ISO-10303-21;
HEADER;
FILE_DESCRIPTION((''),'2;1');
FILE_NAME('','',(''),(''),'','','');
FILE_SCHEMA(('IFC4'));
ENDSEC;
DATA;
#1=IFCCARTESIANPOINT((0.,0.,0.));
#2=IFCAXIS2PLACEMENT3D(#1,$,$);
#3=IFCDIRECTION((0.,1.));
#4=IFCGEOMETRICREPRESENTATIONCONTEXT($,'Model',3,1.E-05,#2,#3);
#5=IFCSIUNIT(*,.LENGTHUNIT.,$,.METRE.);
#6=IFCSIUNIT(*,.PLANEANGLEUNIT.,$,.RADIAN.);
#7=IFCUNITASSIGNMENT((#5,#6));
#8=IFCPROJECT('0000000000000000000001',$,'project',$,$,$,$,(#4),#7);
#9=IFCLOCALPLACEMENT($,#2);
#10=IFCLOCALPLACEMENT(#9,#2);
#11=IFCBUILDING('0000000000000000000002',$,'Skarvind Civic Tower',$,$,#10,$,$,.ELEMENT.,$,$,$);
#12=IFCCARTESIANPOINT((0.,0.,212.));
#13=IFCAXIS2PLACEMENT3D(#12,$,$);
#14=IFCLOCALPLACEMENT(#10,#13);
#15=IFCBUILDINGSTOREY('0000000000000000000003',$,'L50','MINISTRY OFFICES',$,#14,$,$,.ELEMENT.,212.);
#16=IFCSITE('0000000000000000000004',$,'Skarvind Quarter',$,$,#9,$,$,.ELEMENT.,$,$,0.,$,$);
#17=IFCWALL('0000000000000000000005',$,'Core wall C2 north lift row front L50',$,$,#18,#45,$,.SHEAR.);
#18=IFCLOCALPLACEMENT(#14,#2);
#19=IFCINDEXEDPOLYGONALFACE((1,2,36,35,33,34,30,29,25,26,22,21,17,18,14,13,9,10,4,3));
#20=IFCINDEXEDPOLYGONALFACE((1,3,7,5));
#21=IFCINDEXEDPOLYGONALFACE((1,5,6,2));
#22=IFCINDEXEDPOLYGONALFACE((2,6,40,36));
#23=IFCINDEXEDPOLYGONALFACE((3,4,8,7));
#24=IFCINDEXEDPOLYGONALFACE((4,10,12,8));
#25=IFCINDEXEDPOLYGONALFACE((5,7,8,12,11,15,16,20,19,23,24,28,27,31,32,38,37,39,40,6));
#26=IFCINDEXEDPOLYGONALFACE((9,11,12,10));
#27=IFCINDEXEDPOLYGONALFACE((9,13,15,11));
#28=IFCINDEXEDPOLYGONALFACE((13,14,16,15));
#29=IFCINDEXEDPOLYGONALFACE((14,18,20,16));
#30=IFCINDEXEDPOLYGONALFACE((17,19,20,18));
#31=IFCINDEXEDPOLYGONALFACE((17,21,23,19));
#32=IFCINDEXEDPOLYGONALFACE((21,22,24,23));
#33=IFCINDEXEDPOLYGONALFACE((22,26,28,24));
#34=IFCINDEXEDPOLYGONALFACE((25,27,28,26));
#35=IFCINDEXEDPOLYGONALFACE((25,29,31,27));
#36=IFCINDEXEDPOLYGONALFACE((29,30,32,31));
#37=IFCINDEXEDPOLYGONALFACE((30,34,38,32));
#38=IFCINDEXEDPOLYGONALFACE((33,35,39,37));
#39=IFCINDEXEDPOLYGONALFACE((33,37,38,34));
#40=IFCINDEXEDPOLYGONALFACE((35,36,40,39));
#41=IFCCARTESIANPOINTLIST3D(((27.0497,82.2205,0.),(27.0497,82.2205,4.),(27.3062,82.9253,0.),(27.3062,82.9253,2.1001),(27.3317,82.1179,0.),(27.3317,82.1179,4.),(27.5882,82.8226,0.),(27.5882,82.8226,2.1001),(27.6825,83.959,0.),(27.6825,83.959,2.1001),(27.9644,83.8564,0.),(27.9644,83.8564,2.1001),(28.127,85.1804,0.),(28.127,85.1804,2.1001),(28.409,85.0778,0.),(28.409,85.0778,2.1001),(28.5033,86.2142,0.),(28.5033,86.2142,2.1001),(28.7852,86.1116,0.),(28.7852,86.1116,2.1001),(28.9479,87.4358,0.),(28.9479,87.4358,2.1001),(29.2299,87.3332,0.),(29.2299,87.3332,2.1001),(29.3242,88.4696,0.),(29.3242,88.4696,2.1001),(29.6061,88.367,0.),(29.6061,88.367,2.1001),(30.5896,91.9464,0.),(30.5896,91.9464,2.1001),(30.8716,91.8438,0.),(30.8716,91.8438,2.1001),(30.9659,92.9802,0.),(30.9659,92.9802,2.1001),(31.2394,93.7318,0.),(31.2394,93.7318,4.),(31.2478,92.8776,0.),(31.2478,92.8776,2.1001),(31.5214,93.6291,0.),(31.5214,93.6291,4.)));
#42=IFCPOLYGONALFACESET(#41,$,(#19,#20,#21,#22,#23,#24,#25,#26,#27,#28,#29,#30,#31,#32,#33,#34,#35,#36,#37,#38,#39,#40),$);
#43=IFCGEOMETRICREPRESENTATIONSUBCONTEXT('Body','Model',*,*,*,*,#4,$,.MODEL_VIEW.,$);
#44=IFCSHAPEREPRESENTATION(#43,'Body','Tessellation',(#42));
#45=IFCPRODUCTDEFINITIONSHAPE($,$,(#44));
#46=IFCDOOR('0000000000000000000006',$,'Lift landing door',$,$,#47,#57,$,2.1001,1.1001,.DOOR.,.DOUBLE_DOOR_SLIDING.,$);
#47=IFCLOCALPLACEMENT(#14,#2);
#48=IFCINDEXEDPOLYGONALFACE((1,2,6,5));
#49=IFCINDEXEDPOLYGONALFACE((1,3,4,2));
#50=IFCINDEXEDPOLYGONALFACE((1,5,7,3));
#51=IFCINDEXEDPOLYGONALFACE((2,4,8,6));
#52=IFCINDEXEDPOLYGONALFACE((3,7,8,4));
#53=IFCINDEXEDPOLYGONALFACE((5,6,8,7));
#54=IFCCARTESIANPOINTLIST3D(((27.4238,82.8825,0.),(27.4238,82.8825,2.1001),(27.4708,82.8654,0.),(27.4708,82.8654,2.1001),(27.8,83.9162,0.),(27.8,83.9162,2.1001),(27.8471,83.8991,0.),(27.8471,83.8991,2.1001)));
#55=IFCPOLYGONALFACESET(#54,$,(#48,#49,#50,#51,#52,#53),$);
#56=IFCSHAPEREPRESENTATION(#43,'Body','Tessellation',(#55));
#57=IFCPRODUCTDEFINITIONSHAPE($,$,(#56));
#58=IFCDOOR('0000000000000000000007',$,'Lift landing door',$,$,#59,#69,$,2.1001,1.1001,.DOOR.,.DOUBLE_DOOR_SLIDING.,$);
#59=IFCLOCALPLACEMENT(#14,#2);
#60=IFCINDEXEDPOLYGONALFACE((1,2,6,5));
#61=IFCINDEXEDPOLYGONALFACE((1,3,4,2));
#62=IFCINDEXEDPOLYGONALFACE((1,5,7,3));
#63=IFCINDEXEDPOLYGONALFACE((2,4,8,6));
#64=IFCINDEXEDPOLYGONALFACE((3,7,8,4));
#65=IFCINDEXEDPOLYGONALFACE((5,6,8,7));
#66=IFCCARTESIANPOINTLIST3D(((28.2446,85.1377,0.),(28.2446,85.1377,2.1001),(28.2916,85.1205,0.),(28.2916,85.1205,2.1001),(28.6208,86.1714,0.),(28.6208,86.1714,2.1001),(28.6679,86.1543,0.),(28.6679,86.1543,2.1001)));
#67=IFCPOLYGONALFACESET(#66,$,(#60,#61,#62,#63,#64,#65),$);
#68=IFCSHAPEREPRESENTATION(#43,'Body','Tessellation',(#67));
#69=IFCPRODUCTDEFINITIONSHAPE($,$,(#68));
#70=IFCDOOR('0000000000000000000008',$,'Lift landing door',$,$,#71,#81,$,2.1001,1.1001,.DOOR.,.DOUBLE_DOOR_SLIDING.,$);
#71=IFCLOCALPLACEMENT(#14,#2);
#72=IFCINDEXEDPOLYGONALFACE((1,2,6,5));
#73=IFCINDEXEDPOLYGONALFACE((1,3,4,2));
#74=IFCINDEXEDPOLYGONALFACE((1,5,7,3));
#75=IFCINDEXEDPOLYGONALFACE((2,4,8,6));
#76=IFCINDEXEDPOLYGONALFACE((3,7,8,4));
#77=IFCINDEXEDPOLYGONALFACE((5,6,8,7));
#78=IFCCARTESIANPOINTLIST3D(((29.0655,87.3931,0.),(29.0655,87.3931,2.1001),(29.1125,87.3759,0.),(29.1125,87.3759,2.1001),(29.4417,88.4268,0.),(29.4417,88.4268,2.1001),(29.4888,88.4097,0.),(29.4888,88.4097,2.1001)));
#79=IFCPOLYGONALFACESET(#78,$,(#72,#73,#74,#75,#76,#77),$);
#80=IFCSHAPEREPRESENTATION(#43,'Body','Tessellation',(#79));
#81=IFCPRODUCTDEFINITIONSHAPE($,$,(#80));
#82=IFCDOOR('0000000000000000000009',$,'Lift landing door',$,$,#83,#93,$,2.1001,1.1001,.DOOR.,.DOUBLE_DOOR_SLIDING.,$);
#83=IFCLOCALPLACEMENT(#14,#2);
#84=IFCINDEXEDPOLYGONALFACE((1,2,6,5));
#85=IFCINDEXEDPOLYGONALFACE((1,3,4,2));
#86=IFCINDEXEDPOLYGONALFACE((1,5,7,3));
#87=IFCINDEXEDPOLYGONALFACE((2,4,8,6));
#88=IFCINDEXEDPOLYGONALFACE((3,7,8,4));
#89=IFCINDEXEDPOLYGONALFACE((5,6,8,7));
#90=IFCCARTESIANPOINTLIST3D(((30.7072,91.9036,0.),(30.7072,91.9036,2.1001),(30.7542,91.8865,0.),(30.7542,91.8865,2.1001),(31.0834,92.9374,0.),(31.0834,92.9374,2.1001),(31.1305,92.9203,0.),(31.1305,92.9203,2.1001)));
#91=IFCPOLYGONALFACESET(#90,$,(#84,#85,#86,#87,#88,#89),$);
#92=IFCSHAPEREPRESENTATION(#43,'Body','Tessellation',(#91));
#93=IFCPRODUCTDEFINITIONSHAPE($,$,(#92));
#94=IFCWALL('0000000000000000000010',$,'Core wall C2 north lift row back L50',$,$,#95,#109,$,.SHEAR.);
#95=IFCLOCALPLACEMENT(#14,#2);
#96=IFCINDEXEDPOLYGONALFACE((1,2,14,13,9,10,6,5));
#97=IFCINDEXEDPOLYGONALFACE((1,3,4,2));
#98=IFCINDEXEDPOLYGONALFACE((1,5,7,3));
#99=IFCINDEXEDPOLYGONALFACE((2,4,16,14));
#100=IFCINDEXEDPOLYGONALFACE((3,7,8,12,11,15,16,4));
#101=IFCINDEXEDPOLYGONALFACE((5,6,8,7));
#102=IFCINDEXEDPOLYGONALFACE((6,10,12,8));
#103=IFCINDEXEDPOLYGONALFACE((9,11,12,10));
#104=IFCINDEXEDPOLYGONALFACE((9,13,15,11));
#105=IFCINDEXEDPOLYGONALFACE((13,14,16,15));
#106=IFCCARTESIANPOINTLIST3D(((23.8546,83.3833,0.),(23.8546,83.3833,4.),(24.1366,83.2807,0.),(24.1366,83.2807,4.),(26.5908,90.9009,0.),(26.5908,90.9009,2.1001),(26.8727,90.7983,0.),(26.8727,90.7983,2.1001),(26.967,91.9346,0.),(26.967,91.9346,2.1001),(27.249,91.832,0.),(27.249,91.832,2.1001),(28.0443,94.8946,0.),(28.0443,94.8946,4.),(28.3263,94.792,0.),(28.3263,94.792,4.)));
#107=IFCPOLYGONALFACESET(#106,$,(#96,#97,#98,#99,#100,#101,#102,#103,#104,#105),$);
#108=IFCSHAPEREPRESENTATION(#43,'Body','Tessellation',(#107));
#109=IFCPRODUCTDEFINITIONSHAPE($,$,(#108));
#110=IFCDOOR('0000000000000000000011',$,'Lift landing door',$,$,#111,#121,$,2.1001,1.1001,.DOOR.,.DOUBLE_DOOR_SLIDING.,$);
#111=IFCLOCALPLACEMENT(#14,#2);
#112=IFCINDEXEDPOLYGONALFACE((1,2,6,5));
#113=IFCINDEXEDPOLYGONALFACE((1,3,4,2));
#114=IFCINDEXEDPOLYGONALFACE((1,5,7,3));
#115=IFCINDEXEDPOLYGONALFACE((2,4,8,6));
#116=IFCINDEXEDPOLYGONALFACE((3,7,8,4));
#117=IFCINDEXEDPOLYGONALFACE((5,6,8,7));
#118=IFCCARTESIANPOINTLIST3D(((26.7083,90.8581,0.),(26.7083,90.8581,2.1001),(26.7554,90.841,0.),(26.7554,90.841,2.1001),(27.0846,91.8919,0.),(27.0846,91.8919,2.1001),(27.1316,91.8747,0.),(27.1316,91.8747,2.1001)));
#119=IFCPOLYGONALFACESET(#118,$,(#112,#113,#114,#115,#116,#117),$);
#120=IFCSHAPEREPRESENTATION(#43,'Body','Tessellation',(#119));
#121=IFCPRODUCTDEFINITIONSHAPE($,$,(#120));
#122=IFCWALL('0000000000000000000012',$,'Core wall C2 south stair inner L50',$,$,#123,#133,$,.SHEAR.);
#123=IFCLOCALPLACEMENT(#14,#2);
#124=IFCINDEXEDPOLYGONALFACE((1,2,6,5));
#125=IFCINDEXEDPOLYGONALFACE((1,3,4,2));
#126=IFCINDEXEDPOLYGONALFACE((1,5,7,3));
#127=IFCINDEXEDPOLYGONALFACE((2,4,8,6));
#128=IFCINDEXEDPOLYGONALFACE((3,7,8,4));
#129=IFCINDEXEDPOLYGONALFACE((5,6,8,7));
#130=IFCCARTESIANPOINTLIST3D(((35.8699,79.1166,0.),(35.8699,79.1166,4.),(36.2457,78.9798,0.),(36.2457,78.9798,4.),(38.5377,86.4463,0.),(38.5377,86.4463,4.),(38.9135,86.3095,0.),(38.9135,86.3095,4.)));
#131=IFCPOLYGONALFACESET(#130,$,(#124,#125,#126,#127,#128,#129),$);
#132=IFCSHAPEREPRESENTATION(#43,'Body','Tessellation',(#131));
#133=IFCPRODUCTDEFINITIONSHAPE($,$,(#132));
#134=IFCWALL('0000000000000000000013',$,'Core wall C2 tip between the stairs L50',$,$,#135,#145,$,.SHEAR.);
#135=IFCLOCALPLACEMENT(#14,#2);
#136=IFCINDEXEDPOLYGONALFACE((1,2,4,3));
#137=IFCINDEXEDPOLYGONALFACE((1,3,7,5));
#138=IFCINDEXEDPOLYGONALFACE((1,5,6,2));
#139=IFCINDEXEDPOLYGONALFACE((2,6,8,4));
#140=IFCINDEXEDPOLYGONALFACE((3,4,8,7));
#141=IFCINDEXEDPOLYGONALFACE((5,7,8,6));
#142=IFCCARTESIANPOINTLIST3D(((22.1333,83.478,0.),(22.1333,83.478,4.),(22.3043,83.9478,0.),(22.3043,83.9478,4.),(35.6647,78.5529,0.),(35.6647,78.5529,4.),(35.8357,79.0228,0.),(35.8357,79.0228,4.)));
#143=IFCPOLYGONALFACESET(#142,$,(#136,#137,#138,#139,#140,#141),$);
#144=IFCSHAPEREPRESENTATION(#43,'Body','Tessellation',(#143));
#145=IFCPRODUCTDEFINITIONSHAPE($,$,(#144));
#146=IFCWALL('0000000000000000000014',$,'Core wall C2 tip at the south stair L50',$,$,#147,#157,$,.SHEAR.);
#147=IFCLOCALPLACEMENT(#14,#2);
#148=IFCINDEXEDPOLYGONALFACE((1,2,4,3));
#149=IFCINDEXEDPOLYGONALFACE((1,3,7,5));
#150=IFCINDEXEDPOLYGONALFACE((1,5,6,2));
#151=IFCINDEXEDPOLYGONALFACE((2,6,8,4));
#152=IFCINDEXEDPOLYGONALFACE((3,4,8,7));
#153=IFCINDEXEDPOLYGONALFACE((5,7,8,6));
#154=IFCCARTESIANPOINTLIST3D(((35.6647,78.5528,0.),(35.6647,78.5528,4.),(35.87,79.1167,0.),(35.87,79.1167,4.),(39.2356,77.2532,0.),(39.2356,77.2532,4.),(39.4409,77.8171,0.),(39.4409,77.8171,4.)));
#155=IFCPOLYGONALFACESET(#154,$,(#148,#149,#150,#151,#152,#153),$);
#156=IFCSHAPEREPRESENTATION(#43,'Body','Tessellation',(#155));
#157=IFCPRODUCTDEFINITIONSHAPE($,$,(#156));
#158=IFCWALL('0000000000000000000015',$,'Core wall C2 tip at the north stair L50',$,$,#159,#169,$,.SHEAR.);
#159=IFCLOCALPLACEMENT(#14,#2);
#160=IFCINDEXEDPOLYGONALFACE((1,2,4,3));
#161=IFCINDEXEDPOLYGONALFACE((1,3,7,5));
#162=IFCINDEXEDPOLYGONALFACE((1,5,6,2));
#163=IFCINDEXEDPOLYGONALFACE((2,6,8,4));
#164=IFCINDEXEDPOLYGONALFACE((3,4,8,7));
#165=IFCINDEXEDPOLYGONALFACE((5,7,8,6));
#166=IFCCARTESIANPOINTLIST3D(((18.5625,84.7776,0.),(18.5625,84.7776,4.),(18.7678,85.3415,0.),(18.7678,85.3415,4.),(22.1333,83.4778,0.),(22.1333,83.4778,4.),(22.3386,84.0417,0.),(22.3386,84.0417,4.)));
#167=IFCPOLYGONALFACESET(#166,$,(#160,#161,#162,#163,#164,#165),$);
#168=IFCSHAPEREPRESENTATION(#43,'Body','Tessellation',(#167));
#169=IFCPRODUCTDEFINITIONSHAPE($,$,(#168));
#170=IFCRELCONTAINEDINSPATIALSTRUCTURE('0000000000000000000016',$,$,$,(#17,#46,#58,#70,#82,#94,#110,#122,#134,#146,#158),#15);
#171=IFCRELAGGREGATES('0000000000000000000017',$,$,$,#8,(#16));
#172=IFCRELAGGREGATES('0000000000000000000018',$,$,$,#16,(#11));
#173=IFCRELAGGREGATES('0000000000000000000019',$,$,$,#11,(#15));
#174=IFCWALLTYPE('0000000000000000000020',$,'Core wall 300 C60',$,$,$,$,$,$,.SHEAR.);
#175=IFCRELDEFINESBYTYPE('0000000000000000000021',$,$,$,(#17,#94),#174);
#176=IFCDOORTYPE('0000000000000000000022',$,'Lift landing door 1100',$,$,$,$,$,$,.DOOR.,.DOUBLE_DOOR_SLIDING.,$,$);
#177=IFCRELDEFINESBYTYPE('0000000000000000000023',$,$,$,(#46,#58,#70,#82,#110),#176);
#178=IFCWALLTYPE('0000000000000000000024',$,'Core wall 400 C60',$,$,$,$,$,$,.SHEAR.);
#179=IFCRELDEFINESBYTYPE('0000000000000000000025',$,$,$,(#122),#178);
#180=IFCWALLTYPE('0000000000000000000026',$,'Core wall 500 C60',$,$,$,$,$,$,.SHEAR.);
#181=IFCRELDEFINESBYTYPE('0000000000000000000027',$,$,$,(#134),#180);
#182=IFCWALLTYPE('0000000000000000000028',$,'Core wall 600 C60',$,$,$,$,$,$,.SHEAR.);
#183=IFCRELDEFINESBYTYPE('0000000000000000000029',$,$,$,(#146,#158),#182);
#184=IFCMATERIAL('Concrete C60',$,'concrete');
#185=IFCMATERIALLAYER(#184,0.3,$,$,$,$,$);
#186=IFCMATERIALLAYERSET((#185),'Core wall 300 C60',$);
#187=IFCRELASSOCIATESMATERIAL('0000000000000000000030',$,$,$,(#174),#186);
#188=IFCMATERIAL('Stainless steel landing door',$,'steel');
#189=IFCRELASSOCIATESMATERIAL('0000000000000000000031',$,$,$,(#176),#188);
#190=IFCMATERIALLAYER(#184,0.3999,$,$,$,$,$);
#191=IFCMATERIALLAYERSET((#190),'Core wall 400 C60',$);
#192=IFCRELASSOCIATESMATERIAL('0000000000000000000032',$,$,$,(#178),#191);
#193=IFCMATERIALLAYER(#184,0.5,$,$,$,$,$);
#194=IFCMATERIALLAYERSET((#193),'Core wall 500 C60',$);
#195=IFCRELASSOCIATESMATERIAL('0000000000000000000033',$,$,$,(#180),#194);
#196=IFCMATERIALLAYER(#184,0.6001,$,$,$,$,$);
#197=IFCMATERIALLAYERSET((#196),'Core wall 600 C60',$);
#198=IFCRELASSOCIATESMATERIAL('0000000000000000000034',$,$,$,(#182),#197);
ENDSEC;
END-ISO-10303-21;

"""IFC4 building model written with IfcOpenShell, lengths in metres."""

from ifc_helpers import new_model, si_unit, direction, frame, frame_2d, origin, place, context, subcontext, project, spatial, rectangle, extrude, material, layer, layer_set, type_object, element, fill, save


model = new_model("IFC4")

# Units and contexts
model_context = context("Model", 3, precision=1e-05, world=origin(), true_north=direction((0.0, 1.0)))
body_context = subcontext(model_context, "Body", "Model", "MODEL_VIEW")
ifc_project = project(units=[si_unit("LENGTHUNIT", "METRE"), si_unit("PLANEANGLEUNIT", "RADIAN")], contexts=[model_context])

# Site, building, storey
site_placement = place(None, origin())
site = spatial("IfcSite", under=ifc_project, at=site_placement, Name="Skarvind Quarter", CompositionType="ELEMENT", RefElevation=0.0)
building_placement = place(site_placement, origin())
building = spatial("IfcBuilding", under=site, at=building_placement, Name="Skarvind Civic Tower", CompositionType="ELEMENT")
storey_placement = place(building_placement, frame((0.0, 0.0, 212.0)))
storey = spatial("IfcBuildingStorey", under=building, at=storey_placement, Name="L50", Description="MINISTRY OFFICES", CompositionType="ELEMENT", Elevation=212.0)

# Shared definitions
ifc_material_1 = material(Name="Concrete C60", Category="concrete")
ifc_layer_1 = layer(ifc_material_1, 0.3)
ifc_layer_set_1 = layer_set([ifc_layer_1], Name="Core wall 300 C60")
wall_type_1 = type_object("IfcWallType", Name="Core wall 300 C60", PredefinedType="SHEAR", material=ifc_layer_set_1)

# Wall, openings, doors
wall_1_placement = place(storey_placement, frame((27.1907, 82.1692, 0.0), z_axis=(0.0, 0.0, 1.0), x_axis=(0.342017, 0.939694, 0.0)))
wall_1 = element("IfcWall", 1, at=wall_1_placement, inside=storey, type_object=wall_type_1, Name="Core wall C2 north lift row front L50", PredefinedType="SHEAR", context=body_context, shape_type="SweptSolid", body=[
    extrude(rectangle(XDim=12.25, YDim=0.3, at=frame_2d((6.125, 0.0))), origin(), (0.0, 0.0, 1.0), 4.0),
])
opening_1_placement = place(wall_1_placement, frame((0.75, 0.0, 0.0)))
opening_1 = element("IfcOpeningElement", 2, at=opening_1_placement, cuts=wall_1, PredefinedType="OPENING", context=body_context, shape_type="SweptSolid", body=[
    extrude(rectangle(XDim=1.1001, YDim=2.1001, at=frame_2d((0.55, 1.05))), frame((0.0, 0.1599, 0.0), z_axis=(0.0, -1.0, 0.0), x_axis=(1.0, 0.0, 0.0)), (0.0, 0.0, 1.0), 0.3201),
])
opening_2_placement = place(wall_1_placement, frame((3.1499, 0.0, 0.0)))
opening_2 = element("IfcOpeningElement", 3, at=opening_2_placement, cuts=wall_1, PredefinedType="OPENING", context=body_context, shape_type="SweptSolid", body=[
    extrude(rectangle(XDim=1.1001, YDim=2.1001, at=frame_2d((0.55, 1.05))), frame((0.0, 0.1599, 0.0), z_axis=(0.0, -1.0, 0.0), x_axis=(1.0, 0.0, 0.0)), (0.0, 0.0, 1.0), 0.3201),
])
opening_3_placement = place(wall_1_placement, frame((5.55, 0.0, 0.0)))
opening_3 = element("IfcOpeningElement", 4, at=opening_3_placement, cuts=wall_1, PredefinedType="OPENING", context=body_context, shape_type="SweptSolid", body=[
    extrude(rectangle(XDim=1.1001, YDim=2.1001, at=frame_2d((0.55, 1.05))), frame((0.0, 0.1599, 0.0), z_axis=(0.0, -1.0, 0.0), x_axis=(1.0, 0.0, 0.0)), (0.0, 0.0, 1.0), 0.3201),
])
opening_4_placement = place(wall_1_placement, frame((10.3501, 0.0, 0.0)))
opening_4 = element("IfcOpeningElement", 5, at=opening_4_placement, cuts=wall_1, PredefinedType="OPENING", context=body_context, shape_type="SweptSolid", body=[
    extrude(rectangle(XDim=1.1001, YDim=2.1001, at=frame_2d((0.55, 1.05))), frame((0.0, 0.1599, 0.0), z_axis=(0.0, -1.0, 0.0), x_axis=(1.0, 0.0, 0.0)), (0.0, 0.0, 1.0), 0.3201),
])
ifc_material_2 = material(Name="Stainless steel landing door", Category="steel")
door_type_1 = type_object("IfcDoorType", Name="Lift landing door 1100", OperationType="DOUBLE_DOOR_SLIDING", PredefinedType="DOOR", material=ifc_material_2)
door_1_placement = place(opening_1_placement, origin())
door_1 = element("IfcDoor", 6, at=door_1_placement, inside=storey, type_object=door_type_1, Name="Lift landing door", OperationType="DOUBLE_DOOR_SLIDING", OverallHeight=2.1001, OverallWidth=1.1001, PredefinedType="DOOR", context=body_context, shape_type="SweptSolid", body=[
    extrude(rectangle(XDim=1.1001, YDim=2.1001, at=frame_2d((0.55, 1.05))), frame((0.0, 0.0249, 0.0), z_axis=(0.0, -1.0, 0.0), x_axis=(1.0, 0.0, 0.0)), (0.0, 0.0, 1.0), 0.05),
])
fill(opening_1, door_1)
door_2_placement = place(opening_2_placement, origin())
door_2 = element("IfcDoor", 7, at=door_2_placement, inside=storey, type_object=door_type_1, Name="Lift landing door", OperationType="DOUBLE_DOOR_SLIDING", OverallHeight=2.1001, OverallWidth=1.1001, PredefinedType="DOOR", context=body_context, shape_type="SweptSolid", body=[
    extrude(rectangle(XDim=1.1001, YDim=2.1001, at=frame_2d((0.55, 1.05))), frame((0.0, 0.0249, 0.0), z_axis=(0.0, -1.0, 0.0), x_axis=(1.0, 0.0, 0.0)), (0.0, 0.0, 1.0), 0.05),
])
fill(opening_2, door_2)
door_3_placement = place(opening_3_placement, origin())
door_3 = element("IfcDoor", 8, at=door_3_placement, inside=storey, type_object=door_type_1, Name="Lift landing door", OperationType="DOUBLE_DOOR_SLIDING", OverallHeight=2.1001, OverallWidth=1.1001, PredefinedType="DOOR", context=body_context, shape_type="SweptSolid", body=[
    extrude(rectangle(XDim=1.1001, YDim=2.1001, at=frame_2d((0.55, 1.05))), frame((0.0, 0.0249, 0.0), z_axis=(0.0, -1.0, 0.0), x_axis=(1.0, 0.0, 0.0)), (0.0, 0.0, 1.0), 0.05),
])
fill(opening_3, door_3)
door_4_placement = place(opening_4_placement, origin())
door_4 = element("IfcDoor", 9, at=door_4_placement, inside=storey, type_object=door_type_1, Name="Lift landing door", OperationType="DOUBLE_DOOR_SLIDING", OverallHeight=2.1001, OverallWidth=1.1001, PredefinedType="DOOR", context=body_context, shape_type="SweptSolid", body=[
    extrude(rectangle(XDim=1.1001, YDim=2.1001, at=frame_2d((0.55, 1.05))), frame((0.0, 0.0249, 0.0), z_axis=(0.0, -1.0, 0.0), x_axis=(1.0, 0.0, 0.0)), (0.0, 0.0, 1.0), 0.05),
])
fill(opening_4, door_4)

# Wall, opening, door
wall_2_placement = place(storey_placement, frame((23.9956, 83.332, 0.0), z_axis=(0.0, 0.0, 1.0), x_axis=(0.342017, 0.939694, 0.0)))
wall_2 = element("IfcWall", 10, at=wall_2_placement, inside=storey, type_object=wall_type_1, Name="Core wall C2 north lift row back L50", PredefinedType="SHEAR", context=body_context, shape_type="SweptSolid", body=[
    extrude(rectangle(XDim=12.25, YDim=0.3, at=frame_2d((6.125, 0.0))), origin(), (0.0, 0.0, 1.0), 4.0),
])
opening_5_placement = place(wall_2_placement, frame((8.0, 0.0, 0.0)))
opening_5 = element("IfcOpeningElement", 11, at=opening_5_placement, cuts=wall_2, PredefinedType="OPENING", context=body_context, shape_type="SweptSolid", body=[
    extrude(rectangle(XDim=1.1001, YDim=2.1001, at=frame_2d((0.55, 1.05))), frame((0.0, 0.1599, 0.0), z_axis=(0.0, -1.0, 0.0), x_axis=(1.0, 0.0, 0.0)), (0.0, 0.0, 1.0), 0.3201),
])
door_5_placement = place(opening_5_placement, origin())
door_5 = element("IfcDoor", 12, at=door_5_placement, inside=storey, type_object=door_type_1, Name="Lift landing door", OperationType="DOUBLE_DOOR_SLIDING", OverallHeight=2.1001, OverallWidth=1.1001, PredefinedType="DOOR", context=body_context, shape_type="SweptSolid", body=[
    extrude(rectangle(XDim=1.1001, YDim=2.1001, at=frame_2d((0.55, 1.05))), frame((0.0, 0.0249, 0.0), z_axis=(0.0, -1.0, 0.0), x_axis=(1.0, 0.0, 0.0)), (0.0, 0.0, 1.0), 0.05),
])
fill(opening_5, door_5)

# Walls
ifc_layer_2 = layer(ifc_material_1, 0.3999)
ifc_layer_set_2 = layer_set([ifc_layer_2], Name="Core wall 400 C60")
wall_type_2 = type_object("IfcWallType", Name="Core wall 400 C60", PredefinedType="SHEAR", material=ifc_layer_set_2)
wall_3_placement = place(storey_placement, frame((36.0579, 79.0483, 0.0), z_axis=(0.0, 0.0, 1.0), x_axis=(0.342017, 0.939694, 0.0)))
element("IfcWall", 13, at=wall_3_placement, inside=storey, type_object=wall_type_2, Name="Core wall C2 south stair inner L50", PredefinedType="SHEAR", context=body_context, shape_type="SweptSolid", body=[
    extrude(rectangle(XDim=7.8, YDim=0.3999, at=frame_2d((3.8999, 0.0))), origin(), (0.0, 0.0, 1.0), 4.0),
])
ifc_layer_3 = layer(ifc_material_1, 0.5)
ifc_layer_set_3 = layer_set([ifc_layer_3], Name="Core wall 500 C60")
wall_type_3 = type_object("IfcWallType", Name="Core wall 500 C60", PredefinedType="SHEAR", material=ifc_layer_set_3)
wall_4_placement = place(storey_placement, frame((35.7502, 78.7878, 0.0), z_axis=(0.0, 0.0, 1.0), x_axis=(-0.939693, 0.342019, 0.0)))
element("IfcWall", 14, at=wall_4_placement, inside=storey, type_object=wall_type_3, Name="Core wall C2 tip between the stairs L50", PredefinedType="SHEAR", context=body_context, shape_type="SweptSolid", body=[
    extrude(rectangle(XDim=14.3999, YDim=0.5, at=frame_2d((7.2, 0.0))), origin(), (0.0, 0.0, 1.0), 4.0),
])
ifc_layer_4 = layer(ifc_material_1, 0.6001)
ifc_layer_set_4 = layer_set([ifc_layer_4], Name="Core wall 600 C60")
wall_type_4 = type_object("IfcWallType", Name="Core wall 600 C60", PredefinedType="SHEAR", material=ifc_layer_set_4)
for number, where, z_axis, x_axis, name in (
    (15, (39.3381, 77.5352, 0.0), (0.0, 0.0, 1.0), (-0.939701, 0.341996, 0.0), "Core wall C2 tip at the south stair L50"),
    (16, (22.2358, 83.7598, 0.0), (0.0, 0.0, 1.0), (-0.939681, 0.342053, 0.0), "Core wall C2 tip at the north stair L50"),
):
    element("IfcWall", number, at=place(storey_placement, frame(where, z_axis=z_axis, x_axis=x_axis)), inside=storey, type_object=wall_type_4, Name=name, PredefinedType="SHEAR", context=body_context, shape_type="SweptSolid", body=[
        extrude(rectangle(XDim=3.8, YDim=0.6001, at=frame_2d((1.8999, 0.0))), origin(), (0.0, 0.0, 1.0), 4.0),
    ])

save(model, "model.ifc")
